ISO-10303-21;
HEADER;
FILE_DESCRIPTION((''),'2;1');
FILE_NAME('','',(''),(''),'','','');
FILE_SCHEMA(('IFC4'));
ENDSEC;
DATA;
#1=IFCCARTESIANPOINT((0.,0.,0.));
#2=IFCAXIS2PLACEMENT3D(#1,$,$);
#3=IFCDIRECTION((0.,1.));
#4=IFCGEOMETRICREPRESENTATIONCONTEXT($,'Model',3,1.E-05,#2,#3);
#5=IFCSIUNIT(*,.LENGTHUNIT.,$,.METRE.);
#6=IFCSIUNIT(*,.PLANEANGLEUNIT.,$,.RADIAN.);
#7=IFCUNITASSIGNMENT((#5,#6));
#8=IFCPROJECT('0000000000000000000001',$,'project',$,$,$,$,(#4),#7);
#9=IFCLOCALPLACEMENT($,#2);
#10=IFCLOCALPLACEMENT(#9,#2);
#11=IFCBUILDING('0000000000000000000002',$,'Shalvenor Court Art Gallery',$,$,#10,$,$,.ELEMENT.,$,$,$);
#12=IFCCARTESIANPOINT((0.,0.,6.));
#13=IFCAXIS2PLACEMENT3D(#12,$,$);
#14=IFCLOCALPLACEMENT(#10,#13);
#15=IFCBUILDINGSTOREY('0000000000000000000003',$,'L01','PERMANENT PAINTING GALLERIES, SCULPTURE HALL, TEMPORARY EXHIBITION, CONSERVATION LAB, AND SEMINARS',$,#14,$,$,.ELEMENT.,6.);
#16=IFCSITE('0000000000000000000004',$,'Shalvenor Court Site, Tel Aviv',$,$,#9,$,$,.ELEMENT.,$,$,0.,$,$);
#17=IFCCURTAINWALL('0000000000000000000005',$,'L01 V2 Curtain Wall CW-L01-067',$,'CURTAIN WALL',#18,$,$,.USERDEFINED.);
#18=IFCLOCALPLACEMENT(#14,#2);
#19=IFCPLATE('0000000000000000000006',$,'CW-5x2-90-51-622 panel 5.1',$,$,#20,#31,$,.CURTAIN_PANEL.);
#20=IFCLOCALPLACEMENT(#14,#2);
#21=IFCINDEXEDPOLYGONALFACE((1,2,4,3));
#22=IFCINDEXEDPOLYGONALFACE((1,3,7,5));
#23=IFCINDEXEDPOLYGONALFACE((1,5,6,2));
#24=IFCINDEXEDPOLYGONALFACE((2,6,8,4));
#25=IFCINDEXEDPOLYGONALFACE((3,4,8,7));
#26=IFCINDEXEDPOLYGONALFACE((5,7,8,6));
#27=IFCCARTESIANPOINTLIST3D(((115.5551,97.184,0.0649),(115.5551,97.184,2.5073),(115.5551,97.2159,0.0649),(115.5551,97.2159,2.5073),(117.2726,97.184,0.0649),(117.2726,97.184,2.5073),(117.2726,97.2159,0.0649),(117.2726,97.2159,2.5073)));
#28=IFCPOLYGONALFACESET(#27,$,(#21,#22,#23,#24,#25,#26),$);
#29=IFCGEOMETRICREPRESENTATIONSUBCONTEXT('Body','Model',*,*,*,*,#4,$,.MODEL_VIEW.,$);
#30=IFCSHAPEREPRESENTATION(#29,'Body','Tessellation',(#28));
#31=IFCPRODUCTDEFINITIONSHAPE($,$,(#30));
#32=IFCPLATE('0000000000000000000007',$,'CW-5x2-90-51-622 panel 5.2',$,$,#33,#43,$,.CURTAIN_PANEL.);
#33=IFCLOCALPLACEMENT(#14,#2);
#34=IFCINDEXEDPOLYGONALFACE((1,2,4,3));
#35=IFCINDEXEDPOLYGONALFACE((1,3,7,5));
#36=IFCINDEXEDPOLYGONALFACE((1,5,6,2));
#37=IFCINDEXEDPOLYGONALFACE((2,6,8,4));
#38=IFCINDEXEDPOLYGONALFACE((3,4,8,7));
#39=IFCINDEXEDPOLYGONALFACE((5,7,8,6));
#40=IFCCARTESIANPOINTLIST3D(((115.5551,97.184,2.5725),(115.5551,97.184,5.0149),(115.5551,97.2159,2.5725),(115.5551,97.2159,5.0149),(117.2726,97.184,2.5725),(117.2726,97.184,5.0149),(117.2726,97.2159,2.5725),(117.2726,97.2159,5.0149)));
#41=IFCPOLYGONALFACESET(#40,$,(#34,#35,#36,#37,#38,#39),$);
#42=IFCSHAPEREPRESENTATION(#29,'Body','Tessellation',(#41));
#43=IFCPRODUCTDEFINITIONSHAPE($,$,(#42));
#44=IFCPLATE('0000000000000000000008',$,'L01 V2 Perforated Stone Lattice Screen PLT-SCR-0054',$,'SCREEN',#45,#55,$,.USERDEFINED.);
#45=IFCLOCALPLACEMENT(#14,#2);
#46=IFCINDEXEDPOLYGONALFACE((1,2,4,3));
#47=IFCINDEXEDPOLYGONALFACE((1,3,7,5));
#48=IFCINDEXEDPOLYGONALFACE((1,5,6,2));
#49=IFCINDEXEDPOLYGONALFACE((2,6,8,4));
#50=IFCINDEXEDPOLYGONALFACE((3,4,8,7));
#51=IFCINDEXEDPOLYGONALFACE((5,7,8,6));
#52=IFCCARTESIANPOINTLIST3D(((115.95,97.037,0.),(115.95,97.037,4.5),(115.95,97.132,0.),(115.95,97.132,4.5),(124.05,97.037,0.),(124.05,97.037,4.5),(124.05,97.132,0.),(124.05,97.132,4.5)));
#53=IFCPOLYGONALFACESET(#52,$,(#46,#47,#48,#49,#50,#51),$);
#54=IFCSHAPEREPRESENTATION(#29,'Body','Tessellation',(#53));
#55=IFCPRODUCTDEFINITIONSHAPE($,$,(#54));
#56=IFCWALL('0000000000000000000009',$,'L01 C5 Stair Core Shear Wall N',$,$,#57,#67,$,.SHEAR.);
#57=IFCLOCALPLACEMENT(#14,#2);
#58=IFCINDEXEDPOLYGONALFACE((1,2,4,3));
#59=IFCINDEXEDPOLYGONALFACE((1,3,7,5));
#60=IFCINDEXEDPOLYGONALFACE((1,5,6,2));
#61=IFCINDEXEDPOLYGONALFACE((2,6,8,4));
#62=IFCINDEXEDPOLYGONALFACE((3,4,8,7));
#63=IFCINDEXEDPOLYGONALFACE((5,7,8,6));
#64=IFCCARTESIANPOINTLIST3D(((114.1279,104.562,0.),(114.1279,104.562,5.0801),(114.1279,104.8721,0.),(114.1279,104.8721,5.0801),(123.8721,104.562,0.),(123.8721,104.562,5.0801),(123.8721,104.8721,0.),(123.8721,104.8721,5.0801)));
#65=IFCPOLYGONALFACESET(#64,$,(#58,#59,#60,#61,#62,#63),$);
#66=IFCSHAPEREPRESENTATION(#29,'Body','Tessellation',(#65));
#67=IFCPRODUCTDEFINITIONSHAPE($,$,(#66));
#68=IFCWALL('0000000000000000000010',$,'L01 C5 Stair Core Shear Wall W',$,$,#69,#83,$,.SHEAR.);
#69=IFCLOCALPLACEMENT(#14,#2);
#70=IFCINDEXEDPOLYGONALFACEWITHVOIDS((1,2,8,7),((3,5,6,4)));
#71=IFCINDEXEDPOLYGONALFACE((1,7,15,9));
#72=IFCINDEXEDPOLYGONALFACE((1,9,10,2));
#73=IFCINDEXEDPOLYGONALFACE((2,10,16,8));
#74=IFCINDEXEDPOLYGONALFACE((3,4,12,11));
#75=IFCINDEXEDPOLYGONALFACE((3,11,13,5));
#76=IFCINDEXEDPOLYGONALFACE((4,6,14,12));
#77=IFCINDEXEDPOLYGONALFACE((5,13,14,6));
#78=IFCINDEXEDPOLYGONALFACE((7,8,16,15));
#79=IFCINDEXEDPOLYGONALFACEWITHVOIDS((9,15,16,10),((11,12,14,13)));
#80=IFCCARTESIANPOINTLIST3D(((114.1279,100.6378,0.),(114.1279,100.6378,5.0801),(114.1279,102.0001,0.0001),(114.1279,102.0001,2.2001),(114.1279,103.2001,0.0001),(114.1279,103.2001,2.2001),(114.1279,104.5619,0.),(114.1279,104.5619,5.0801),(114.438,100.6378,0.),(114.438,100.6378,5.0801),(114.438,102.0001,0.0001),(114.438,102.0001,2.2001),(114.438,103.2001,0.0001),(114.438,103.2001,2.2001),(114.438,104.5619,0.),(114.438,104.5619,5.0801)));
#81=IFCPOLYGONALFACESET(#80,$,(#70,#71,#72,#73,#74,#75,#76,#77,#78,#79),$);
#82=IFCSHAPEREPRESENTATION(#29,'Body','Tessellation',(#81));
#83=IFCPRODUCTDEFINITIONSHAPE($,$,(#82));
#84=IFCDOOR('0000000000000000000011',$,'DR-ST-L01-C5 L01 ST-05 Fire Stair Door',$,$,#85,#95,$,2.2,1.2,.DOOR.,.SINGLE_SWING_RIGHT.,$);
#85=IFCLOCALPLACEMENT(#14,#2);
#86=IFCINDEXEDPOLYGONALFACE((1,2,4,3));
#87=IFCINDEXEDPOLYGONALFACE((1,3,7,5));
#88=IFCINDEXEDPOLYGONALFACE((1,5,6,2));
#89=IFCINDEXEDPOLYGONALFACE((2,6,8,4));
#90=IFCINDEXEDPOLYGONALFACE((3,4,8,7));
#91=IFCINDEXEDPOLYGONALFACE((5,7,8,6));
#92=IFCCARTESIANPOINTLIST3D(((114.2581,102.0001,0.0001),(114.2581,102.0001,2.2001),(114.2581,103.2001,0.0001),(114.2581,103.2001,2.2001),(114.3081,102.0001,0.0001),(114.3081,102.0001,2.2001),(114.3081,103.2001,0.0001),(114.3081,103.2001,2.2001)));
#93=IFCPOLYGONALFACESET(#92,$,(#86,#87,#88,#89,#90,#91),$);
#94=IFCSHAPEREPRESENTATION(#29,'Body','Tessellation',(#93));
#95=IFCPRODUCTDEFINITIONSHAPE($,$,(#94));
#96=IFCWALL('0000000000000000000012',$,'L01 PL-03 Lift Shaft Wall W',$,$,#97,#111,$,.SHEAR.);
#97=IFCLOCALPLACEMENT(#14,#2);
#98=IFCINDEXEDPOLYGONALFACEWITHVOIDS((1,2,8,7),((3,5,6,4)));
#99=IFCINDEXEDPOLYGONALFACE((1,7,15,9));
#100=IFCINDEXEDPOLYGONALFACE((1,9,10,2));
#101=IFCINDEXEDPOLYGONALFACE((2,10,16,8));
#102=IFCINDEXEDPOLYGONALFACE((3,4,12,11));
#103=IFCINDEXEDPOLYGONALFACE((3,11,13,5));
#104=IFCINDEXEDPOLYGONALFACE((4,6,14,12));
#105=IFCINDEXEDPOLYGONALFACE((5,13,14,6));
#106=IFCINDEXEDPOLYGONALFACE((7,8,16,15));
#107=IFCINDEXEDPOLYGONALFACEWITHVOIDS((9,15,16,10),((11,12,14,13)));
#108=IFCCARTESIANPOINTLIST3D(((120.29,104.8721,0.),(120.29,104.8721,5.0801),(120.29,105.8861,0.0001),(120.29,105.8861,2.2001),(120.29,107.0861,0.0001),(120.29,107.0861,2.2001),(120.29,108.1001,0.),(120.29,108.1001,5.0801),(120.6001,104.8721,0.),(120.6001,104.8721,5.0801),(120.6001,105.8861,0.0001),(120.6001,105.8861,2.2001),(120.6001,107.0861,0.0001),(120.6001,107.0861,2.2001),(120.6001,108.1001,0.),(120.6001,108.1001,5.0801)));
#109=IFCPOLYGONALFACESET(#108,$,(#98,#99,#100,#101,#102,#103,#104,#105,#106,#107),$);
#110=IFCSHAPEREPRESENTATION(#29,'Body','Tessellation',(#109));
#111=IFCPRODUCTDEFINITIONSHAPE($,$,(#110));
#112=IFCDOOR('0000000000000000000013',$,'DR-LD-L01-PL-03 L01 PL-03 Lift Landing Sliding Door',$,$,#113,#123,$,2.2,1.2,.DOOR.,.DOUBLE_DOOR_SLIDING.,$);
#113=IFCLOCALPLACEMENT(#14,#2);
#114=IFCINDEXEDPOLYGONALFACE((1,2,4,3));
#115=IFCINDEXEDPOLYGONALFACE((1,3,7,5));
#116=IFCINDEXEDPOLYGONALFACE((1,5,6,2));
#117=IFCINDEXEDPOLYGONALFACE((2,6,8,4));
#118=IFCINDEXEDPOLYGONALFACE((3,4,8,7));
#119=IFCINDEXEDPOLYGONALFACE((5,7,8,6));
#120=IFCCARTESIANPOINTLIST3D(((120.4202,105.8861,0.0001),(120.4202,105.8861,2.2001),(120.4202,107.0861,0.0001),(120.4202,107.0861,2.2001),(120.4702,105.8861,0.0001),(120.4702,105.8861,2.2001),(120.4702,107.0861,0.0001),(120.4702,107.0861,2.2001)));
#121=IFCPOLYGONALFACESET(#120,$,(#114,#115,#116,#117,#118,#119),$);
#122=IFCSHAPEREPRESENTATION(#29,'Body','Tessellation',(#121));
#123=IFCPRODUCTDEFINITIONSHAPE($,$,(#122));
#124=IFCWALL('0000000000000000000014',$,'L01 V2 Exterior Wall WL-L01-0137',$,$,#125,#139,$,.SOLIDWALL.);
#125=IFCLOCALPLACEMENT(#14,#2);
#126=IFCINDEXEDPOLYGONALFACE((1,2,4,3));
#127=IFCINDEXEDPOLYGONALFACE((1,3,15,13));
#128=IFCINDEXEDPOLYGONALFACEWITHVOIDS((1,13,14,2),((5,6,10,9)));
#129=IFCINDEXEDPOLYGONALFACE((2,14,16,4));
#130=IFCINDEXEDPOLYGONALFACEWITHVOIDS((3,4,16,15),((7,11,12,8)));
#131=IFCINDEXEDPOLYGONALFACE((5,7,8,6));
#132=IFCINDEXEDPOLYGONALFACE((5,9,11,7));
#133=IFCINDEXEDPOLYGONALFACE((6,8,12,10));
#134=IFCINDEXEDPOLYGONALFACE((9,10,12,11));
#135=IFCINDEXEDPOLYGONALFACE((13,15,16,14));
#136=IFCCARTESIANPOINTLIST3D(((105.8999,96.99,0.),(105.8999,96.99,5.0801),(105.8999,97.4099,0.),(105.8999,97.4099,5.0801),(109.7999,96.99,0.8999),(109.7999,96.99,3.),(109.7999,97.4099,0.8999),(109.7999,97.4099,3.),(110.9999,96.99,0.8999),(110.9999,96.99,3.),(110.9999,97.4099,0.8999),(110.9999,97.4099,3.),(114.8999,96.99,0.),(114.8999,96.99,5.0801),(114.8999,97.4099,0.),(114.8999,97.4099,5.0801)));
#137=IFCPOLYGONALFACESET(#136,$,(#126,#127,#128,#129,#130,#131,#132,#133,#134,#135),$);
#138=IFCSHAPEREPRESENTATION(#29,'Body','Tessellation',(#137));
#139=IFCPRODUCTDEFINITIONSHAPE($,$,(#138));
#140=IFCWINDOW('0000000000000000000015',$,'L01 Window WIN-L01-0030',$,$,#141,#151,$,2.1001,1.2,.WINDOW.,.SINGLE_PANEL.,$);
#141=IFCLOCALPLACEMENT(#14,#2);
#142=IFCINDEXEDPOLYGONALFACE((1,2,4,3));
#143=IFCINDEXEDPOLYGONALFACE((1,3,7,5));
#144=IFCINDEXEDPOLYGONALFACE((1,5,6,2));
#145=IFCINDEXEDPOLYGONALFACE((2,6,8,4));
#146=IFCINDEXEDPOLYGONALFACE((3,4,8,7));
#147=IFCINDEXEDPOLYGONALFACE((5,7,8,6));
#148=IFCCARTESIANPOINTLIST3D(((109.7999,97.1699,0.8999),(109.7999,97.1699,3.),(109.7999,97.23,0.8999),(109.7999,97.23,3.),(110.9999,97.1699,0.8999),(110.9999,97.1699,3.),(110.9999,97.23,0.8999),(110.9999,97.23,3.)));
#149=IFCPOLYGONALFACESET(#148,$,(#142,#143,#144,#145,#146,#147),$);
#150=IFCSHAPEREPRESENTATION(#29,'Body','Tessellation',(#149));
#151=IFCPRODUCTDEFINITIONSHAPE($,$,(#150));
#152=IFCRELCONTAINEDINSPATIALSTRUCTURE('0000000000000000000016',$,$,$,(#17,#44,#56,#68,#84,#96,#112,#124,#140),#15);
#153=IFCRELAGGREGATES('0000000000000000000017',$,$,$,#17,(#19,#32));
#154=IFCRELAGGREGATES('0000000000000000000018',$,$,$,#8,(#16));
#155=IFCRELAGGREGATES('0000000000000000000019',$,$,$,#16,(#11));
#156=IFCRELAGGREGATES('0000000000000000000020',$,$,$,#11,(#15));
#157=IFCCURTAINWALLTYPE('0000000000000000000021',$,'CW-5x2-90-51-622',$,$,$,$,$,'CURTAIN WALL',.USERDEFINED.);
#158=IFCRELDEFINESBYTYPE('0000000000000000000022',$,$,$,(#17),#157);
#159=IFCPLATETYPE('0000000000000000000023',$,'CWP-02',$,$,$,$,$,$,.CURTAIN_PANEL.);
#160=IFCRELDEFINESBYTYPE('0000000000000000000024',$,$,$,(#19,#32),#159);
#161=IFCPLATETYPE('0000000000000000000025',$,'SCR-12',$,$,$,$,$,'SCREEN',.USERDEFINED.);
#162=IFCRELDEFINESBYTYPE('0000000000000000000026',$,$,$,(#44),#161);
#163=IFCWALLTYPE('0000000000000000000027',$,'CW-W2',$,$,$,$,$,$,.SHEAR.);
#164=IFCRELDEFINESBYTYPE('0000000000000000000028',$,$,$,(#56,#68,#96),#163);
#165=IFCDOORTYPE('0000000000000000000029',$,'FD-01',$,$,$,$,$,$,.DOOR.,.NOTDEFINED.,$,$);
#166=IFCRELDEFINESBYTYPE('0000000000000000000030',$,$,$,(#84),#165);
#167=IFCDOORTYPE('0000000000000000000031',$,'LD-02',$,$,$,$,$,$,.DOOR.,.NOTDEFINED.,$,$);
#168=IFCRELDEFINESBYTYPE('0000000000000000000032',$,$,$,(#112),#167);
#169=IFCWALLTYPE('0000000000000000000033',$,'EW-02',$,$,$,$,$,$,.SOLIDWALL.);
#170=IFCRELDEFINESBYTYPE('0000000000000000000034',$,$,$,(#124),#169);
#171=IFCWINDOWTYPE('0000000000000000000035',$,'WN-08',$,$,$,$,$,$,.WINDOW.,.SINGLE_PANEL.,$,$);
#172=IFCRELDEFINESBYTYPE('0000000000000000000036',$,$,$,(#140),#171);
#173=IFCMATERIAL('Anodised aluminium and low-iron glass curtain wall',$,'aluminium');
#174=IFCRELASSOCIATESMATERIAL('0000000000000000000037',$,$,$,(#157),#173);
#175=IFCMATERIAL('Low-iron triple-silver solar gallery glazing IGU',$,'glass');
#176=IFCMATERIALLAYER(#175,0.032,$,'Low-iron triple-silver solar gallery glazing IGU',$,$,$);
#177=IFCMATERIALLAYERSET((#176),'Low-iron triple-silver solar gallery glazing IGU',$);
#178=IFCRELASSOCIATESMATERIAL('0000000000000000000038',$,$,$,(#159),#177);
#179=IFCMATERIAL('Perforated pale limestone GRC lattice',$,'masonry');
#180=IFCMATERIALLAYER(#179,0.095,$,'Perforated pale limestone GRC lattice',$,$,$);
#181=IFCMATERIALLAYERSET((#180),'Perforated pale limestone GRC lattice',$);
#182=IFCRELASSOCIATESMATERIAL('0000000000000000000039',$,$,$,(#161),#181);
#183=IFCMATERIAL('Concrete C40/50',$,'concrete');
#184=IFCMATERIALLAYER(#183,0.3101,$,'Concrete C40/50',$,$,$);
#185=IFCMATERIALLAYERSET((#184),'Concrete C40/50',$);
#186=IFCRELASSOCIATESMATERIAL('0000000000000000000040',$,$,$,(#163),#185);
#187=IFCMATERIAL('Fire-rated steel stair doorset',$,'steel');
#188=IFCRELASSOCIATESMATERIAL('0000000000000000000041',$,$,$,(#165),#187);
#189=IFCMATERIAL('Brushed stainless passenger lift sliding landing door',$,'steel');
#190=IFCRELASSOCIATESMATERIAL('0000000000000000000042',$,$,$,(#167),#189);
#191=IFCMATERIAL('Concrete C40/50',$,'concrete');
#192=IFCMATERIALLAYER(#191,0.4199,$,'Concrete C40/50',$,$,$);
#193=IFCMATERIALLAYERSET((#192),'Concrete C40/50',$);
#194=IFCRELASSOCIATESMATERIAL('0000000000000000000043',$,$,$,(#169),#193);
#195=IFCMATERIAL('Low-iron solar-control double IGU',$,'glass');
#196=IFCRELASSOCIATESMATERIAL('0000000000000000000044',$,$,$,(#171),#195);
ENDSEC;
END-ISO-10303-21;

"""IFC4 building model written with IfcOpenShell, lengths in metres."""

from ifc_helpers import new_model, si_unit, direction, frame, frame_2d, origin, origin_2d, place, context, subcontext, project, spatial, rectangle, extrude, material, layer, layer_set, type_object, element, fill, aggregate, save


model = new_model("IFC4")

# Units and contexts
model_context = context("Model", 3, precision=1e-05, world=origin(), true_north=direction((0.0, 1.0)))
body_context = subcontext(model_context, "Body", "Model", "MODEL_VIEW")
ifc_project = project(units=[si_unit("LENGTHUNIT", "METRE"), si_unit("PLANEANGLEUNIT", "RADIAN")], contexts=[model_context])

# Site, building, storey
site_placement = place(None, origin())
site = spatial("IfcSite", under=ifc_project, at=site_placement, Name="Shalvenor Court Site, Tel Aviv", CompositionType="ELEMENT", RefElevation=0.0)
building_placement = place(site_placement, origin())
building = spatial("IfcBuilding", under=site, at=building_placement, Name="Shalvenor Court Art Gallery", CompositionType="ELEMENT")
storey_placement = place(building_placement, frame((0.0, 0.0, 6.0)))
storey = spatial("IfcBuildingStorey", under=building, at=storey_placement, Name="L01", Description="PERMANENT PAINTING GALLERIES, SCULPTURE HALL, TEMPORARY EXHIBITION, CONSERVATION LAB, AND SEMINARS", CompositionType="ELEMENT", Elevation=6.0)

# Curtain wall, plates
ifc_material_1 = material(Name="Anodised aluminium and low-iron glass curtain wall", Category="aluminium")
curtain_wall_type = type_object("IfcCurtainWallType", Name="CW-5x2-90-51-622", ElementType="CURTAIN WALL", PredefinedType="USERDEFINED", material=ifc_material_1)
curtain_wall_placement = place(storey_placement, origin())
curtain_wall = element("IfcCurtainWall", 1, at=curtain_wall_placement, inside=storey, type_object=curtain_wall_type, Name="L01 V2 Curtain Wall CW-L01-067", ObjectType="CURTAIN WALL", PredefinedType="USERDEFINED")
ifc_material_2 = material(Name="Low-iron triple-silver solar gallery glazing IGU", Category="glass")
ifc_layer_1 = layer(ifc_material_2, 0.032, Name="Low-iron triple-silver solar gallery glazing IGU")
ifc_layer_set_1 = layer_set([ifc_layer_1], Name="Low-iron triple-silver solar gallery glazing IGU")
plate_type_1 = type_object("IfcPlateType", Name="CWP-02", PredefinedType="CURTAIN_PANEL", material=ifc_layer_set_1)
plate_1_placement = place(storey_placement, frame((116.4138, 97.2, 0.0649), z_axis=(0.0, 0.0, 1.0), x_axis=(-1.0, 0.0, 0.0)))
plate_1 = element("IfcPlate", 2, at=plate_1_placement, type_object=plate_type_1, Name="CW-5x2-90-51-622 panel 5.1", PredefinedType="CURTAIN_PANEL", context=body_context, shape_type="SweptSolid", body=[
    extrude(rectangle(XDim=1.7175, YDim=0.032, at=origin_2d()), origin(), (0.0, 0.0, 1.0), 2.4424),
])
plate_2_placement = place(storey_placement, frame((116.4138, 97.2, 2.5725), z_axis=(0.0, 0.0, 1.0), x_axis=(-1.0, 0.0, 0.0)))
plate_2 = element("IfcPlate", 3, at=plate_2_placement, type_object=plate_type_1, Name="CW-5x2-90-51-622 panel 5.2", PredefinedType="CURTAIN_PANEL", context=body_context, shape_type="SweptSolid", body=[
    extrude(rectangle(XDim=1.7175, YDim=0.032, at=origin_2d()), origin(), (0.0, 0.0, 1.0), 2.4424),
])
aggregate(curtain_wall, [plate_1, plate_2])

# Plate
ifc_material_3 = material(Name="Perforated pale limestone GRC lattice", Category="masonry")
ifc_layer_2 = layer(ifc_material_3, 0.095, Name="Perforated pale limestone GRC lattice")
ifc_layer_set_2 = layer_set([ifc_layer_2], Name="Perforated pale limestone GRC lattice")
plate_type_2 = type_object("IfcPlateType", Name="SCR-12", ElementType="SCREEN", PredefinedType="USERDEFINED", material=ifc_layer_set_2)
plate_3_placement = place(storey_placement, frame((120.0, 97.0845, 0.0), z_axis=(0.0, 0.0, 1.0), x_axis=(-1.0, 0.0, 0.0)))
element("IfcPlate", 4, at=plate_3_placement, inside=storey, type_object=plate_type_2, Name="L01 V2 Perforated Stone Lattice Screen PLT-SCR-0054", ObjectType="SCREEN", PredefinedType="USERDEFINED", context=body_context, shape_type="SweptSolid", body=[
    extrude(rectangle(XDim=8.1001, YDim=0.095, at=origin_2d()), origin(), (0.0, 0.0, 1.0), 4.5),
])

# Wall
ifc_material_4 = material(Name="Concrete C40/50", Category="concrete")
ifc_layer_3 = layer(ifc_material_4, 0.3101, Name="Concrete C40/50")
ifc_layer_set_3 = layer_set([ifc_layer_3], Name="Concrete C40/50")
wall_type_1 = type_object("IfcWallType", Name="CW-W2", PredefinedType="SHEAR", material=ifc_layer_set_3)
wall_1_placement = place(storey_placement, frame((114.1279, 104.717, 0.0), z_axis=(0.0, 0.0, 1.0), x_axis=(1.0, 0.0, 0.0)))
element("IfcWall", 5, at=wall_1_placement, inside=storey, type_object=wall_type_1, Name="L01 C5 Stair Core Shear Wall N", PredefinedType="SHEAR", context=body_context, shape_type="SweptSolid", body=[
    extrude(rectangle(XDim=9.7441, YDim=0.3101, at=frame_2d((4.8721, 0.0))), origin(), (0.0, 0.0, 1.0), 5.0801),
])

# Walls, openings, doors
wall_2_placement = place(storey_placement, frame((114.283, 100.6379, 0.0), z_axis=(0.0, 0.0, 1.0), x_axis=(0.0, 1.0, 0.0)))
wall_2 = element("IfcWall", 6, at=wall_2_placement, inside=storey, type_object=wall_type_1, Name="L01 C5 Stair Core Shear Wall W", PredefinedType="SHEAR", context=body_context, shape_type="SweptSolid", body=[
    extrude(rectangle(XDim=3.9241, YDim=0.3101, at=frame_2d((1.9619, 0.0))), origin(), (0.0, 0.0, 1.0), 5.0801),
])
opening_1_placement = place(wall_2_placement, frame((1.3621, 0.0, 0.0)))
opening_1 = element("IfcOpeningElement", 7, at=opening_1_placement, cuts=wall_2, PredefinedType="OPENING", context=body_context, shape_type="SweptSolid", body=[
    extrude(rectangle(XDim=1.2, YDim=2.2, at=frame_2d((0.6001, 1.1001))), frame((0.0, 0.165, 0.0), z_axis=(0.0, -1.0, 0.0), x_axis=(1.0, 0.0, 0.0)), (0.0, 0.0, 1.0), 0.3301),
])
ifc_material_5 = material(Name="Fire-rated steel stair doorset", Category="steel")
door_type_1 = type_object("IfcDoorType", Name="FD-01", OperationType="NOTDEFINED", PredefinedType="DOOR", material=ifc_material_5)
door_1_placement = place(opening_1_placement, origin())
door_1 = element("IfcDoor", 8, at=door_1_placement, inside=storey, type_object=door_type_1, Name="DR-ST-L01-C5 L01 ST-05 Fire Stair Door", OperationType="SINGLE_SWING_RIGHT", OverallHeight=2.2, OverallWidth=1.2, PredefinedType="DOOR", context=body_context, shape_type="SweptSolid", body=[
    extrude(rectangle(XDim=1.2, YDim=2.2, at=frame_2d((0.6001, 1.1001))), frame((0.0, 0.0249, 0.0), z_axis=(0.0, -1.0, 0.0), x_axis=(1.0, 0.0, 0.0)), (0.0, 0.0, 1.0), 0.05),
])
fill(opening_1, door_1)
wall_3_placement = place(storey_placement, frame((120.4451, 104.8721, 0.0), z_axis=(0.0, 0.0, 1.0), x_axis=(0.0, 1.0, 0.0)))
wall_3 = element("IfcWall", 9, at=wall_3_placement, inside=storey, type_object=wall_type_1, Name="L01 PL-03 Lift Shaft Wall W", PredefinedType="SHEAR", context=body_context, shape_type="SweptSolid", body=[
    extrude(rectangle(XDim=3.228, YDim=0.3101, at=frame_2d((1.614, 0.0))), origin(), (0.0, 0.0, 1.0), 5.0801),
])
opening_2_placement = place(wall_3_placement, frame((1.0139, 0.0, 0.0)))
opening_2 = element("IfcOpeningElement", 10, at=opening_2_placement, cuts=wall_3, PredefinedType="OPENING", context=body_context, shape_type="SweptSolid", body=[
    extrude(rectangle(XDim=1.2, YDim=2.2, at=frame_2d((0.6001, 1.1001))), frame((0.0, 0.165, 0.0), z_axis=(0.0, -1.0, 0.0), x_axis=(1.0, 0.0, 0.0)), (0.0, 0.0, 1.0), 0.3301),
])
ifc_material_6 = material(Name="Brushed stainless passenger lift sliding landing door", Category="steel")
door_type_2 = type_object("IfcDoorType", Name="LD-02", OperationType="NOTDEFINED", PredefinedType="DOOR", material=ifc_material_6)
door_2_placement = place(opening_2_placement, origin())
door_2 = element("IfcDoor", 11, at=door_2_placement, inside=storey, type_object=door_type_2, Name="DR-LD-L01-PL-03 L01 PL-03 Lift Landing Sliding Door", OperationType="DOUBLE_DOOR_SLIDING", OverallHeight=2.2, OverallWidth=1.2, PredefinedType="DOOR", context=body_context, shape_type="SweptSolid", body=[
    extrude(rectangle(XDim=1.2, YDim=2.2, at=frame_2d((0.6001, 1.1001))), frame((0.0, 0.0249, 0.0), z_axis=(0.0, -1.0, 0.0), x_axis=(1.0, 0.0, 0.0)), (0.0, 0.0, 1.0), 0.05),
])
fill(opening_2, door_2)

# Wall, opening, window
ifc_material_7 = material(Name="Concrete C40/50", Category="concrete")
ifc_layer_4 = layer(ifc_material_7, 0.4199, Name="Concrete C40/50")
ifc_layer_set_4 = layer_set([ifc_layer_4], Name="Concrete C40/50")
wall_type_2 = type_object("IfcWallType", Name="EW-02", PredefinedType="SOLIDWALL", material=ifc_layer_set_4)
wall_4_placement = place(storey_placement, frame((114.8999, 97.2, 0.0), z_axis=(0.0, 0.0, 1.0), x_axis=(-1.0, 0.0, 0.0)))
wall_4 = element("IfcWall", 12, at=wall_4_placement, inside=storey, type_object=wall_type_2, Name="L01 V2 Exterior Wall WL-L01-0137", PredefinedType="SOLIDWALL", context=body_context, shape_type="SweptSolid", body=[
    extrude(rectangle(XDim=9.0, YDim=0.4199, at=frame_2d((4.5, 0.0))), origin(), (0.0, 0.0, 1.0), 5.0801),
])
opening_3_placement = place(wall_4_placement, frame((3.8999, 0.0, 0.8999)))
opening_3 = element("IfcOpeningElement", 13, at=opening_3_placement, cuts=wall_4, PredefinedType="OPENING", context=body_context, shape_type="SweptSolid", body=[
    extrude(rectangle(XDim=1.2, YDim=2.1001, at=frame_2d((0.6001, 1.05))), frame((0.0, 0.22, 0.0), z_axis=(0.0, -1.0, 0.0), x_axis=(1.0, 0.0, 0.0)), (0.0, 0.0, 1.0), 0.4399),
])
ifc_material_8 = material(Name="Low-iron solar-control double IGU", Category="glass")
window_type = type_object("IfcWindowType", Name="WN-08", PartitioningType="SINGLE_PANEL", PredefinedType="WINDOW", material=ifc_material_8)
window_placement = place(opening_3_placement, origin())
window = element("IfcWindow", 14, at=window_placement, inside=storey, type_object=window_type, Name="L01 Window WIN-L01-0030", OverallHeight=2.1001, OverallWidth=1.2, PartitioningType="SINGLE_PANEL", PredefinedType="WINDOW", context=body_context, shape_type="SweptSolid", body=[
    extrude(rectangle(XDim=1.2, YDim=2.1001, at=frame_2d((0.6001, 1.05))), frame((0.0, 0.03, 0.0), z_axis=(0.0, -1.0, 0.0), x_axis=(1.0, 0.0, 0.0)), (0.0, 0.0, 1.0), 0.0601),
])
fill(opening_3, window)

save(model, "model.ifc")
